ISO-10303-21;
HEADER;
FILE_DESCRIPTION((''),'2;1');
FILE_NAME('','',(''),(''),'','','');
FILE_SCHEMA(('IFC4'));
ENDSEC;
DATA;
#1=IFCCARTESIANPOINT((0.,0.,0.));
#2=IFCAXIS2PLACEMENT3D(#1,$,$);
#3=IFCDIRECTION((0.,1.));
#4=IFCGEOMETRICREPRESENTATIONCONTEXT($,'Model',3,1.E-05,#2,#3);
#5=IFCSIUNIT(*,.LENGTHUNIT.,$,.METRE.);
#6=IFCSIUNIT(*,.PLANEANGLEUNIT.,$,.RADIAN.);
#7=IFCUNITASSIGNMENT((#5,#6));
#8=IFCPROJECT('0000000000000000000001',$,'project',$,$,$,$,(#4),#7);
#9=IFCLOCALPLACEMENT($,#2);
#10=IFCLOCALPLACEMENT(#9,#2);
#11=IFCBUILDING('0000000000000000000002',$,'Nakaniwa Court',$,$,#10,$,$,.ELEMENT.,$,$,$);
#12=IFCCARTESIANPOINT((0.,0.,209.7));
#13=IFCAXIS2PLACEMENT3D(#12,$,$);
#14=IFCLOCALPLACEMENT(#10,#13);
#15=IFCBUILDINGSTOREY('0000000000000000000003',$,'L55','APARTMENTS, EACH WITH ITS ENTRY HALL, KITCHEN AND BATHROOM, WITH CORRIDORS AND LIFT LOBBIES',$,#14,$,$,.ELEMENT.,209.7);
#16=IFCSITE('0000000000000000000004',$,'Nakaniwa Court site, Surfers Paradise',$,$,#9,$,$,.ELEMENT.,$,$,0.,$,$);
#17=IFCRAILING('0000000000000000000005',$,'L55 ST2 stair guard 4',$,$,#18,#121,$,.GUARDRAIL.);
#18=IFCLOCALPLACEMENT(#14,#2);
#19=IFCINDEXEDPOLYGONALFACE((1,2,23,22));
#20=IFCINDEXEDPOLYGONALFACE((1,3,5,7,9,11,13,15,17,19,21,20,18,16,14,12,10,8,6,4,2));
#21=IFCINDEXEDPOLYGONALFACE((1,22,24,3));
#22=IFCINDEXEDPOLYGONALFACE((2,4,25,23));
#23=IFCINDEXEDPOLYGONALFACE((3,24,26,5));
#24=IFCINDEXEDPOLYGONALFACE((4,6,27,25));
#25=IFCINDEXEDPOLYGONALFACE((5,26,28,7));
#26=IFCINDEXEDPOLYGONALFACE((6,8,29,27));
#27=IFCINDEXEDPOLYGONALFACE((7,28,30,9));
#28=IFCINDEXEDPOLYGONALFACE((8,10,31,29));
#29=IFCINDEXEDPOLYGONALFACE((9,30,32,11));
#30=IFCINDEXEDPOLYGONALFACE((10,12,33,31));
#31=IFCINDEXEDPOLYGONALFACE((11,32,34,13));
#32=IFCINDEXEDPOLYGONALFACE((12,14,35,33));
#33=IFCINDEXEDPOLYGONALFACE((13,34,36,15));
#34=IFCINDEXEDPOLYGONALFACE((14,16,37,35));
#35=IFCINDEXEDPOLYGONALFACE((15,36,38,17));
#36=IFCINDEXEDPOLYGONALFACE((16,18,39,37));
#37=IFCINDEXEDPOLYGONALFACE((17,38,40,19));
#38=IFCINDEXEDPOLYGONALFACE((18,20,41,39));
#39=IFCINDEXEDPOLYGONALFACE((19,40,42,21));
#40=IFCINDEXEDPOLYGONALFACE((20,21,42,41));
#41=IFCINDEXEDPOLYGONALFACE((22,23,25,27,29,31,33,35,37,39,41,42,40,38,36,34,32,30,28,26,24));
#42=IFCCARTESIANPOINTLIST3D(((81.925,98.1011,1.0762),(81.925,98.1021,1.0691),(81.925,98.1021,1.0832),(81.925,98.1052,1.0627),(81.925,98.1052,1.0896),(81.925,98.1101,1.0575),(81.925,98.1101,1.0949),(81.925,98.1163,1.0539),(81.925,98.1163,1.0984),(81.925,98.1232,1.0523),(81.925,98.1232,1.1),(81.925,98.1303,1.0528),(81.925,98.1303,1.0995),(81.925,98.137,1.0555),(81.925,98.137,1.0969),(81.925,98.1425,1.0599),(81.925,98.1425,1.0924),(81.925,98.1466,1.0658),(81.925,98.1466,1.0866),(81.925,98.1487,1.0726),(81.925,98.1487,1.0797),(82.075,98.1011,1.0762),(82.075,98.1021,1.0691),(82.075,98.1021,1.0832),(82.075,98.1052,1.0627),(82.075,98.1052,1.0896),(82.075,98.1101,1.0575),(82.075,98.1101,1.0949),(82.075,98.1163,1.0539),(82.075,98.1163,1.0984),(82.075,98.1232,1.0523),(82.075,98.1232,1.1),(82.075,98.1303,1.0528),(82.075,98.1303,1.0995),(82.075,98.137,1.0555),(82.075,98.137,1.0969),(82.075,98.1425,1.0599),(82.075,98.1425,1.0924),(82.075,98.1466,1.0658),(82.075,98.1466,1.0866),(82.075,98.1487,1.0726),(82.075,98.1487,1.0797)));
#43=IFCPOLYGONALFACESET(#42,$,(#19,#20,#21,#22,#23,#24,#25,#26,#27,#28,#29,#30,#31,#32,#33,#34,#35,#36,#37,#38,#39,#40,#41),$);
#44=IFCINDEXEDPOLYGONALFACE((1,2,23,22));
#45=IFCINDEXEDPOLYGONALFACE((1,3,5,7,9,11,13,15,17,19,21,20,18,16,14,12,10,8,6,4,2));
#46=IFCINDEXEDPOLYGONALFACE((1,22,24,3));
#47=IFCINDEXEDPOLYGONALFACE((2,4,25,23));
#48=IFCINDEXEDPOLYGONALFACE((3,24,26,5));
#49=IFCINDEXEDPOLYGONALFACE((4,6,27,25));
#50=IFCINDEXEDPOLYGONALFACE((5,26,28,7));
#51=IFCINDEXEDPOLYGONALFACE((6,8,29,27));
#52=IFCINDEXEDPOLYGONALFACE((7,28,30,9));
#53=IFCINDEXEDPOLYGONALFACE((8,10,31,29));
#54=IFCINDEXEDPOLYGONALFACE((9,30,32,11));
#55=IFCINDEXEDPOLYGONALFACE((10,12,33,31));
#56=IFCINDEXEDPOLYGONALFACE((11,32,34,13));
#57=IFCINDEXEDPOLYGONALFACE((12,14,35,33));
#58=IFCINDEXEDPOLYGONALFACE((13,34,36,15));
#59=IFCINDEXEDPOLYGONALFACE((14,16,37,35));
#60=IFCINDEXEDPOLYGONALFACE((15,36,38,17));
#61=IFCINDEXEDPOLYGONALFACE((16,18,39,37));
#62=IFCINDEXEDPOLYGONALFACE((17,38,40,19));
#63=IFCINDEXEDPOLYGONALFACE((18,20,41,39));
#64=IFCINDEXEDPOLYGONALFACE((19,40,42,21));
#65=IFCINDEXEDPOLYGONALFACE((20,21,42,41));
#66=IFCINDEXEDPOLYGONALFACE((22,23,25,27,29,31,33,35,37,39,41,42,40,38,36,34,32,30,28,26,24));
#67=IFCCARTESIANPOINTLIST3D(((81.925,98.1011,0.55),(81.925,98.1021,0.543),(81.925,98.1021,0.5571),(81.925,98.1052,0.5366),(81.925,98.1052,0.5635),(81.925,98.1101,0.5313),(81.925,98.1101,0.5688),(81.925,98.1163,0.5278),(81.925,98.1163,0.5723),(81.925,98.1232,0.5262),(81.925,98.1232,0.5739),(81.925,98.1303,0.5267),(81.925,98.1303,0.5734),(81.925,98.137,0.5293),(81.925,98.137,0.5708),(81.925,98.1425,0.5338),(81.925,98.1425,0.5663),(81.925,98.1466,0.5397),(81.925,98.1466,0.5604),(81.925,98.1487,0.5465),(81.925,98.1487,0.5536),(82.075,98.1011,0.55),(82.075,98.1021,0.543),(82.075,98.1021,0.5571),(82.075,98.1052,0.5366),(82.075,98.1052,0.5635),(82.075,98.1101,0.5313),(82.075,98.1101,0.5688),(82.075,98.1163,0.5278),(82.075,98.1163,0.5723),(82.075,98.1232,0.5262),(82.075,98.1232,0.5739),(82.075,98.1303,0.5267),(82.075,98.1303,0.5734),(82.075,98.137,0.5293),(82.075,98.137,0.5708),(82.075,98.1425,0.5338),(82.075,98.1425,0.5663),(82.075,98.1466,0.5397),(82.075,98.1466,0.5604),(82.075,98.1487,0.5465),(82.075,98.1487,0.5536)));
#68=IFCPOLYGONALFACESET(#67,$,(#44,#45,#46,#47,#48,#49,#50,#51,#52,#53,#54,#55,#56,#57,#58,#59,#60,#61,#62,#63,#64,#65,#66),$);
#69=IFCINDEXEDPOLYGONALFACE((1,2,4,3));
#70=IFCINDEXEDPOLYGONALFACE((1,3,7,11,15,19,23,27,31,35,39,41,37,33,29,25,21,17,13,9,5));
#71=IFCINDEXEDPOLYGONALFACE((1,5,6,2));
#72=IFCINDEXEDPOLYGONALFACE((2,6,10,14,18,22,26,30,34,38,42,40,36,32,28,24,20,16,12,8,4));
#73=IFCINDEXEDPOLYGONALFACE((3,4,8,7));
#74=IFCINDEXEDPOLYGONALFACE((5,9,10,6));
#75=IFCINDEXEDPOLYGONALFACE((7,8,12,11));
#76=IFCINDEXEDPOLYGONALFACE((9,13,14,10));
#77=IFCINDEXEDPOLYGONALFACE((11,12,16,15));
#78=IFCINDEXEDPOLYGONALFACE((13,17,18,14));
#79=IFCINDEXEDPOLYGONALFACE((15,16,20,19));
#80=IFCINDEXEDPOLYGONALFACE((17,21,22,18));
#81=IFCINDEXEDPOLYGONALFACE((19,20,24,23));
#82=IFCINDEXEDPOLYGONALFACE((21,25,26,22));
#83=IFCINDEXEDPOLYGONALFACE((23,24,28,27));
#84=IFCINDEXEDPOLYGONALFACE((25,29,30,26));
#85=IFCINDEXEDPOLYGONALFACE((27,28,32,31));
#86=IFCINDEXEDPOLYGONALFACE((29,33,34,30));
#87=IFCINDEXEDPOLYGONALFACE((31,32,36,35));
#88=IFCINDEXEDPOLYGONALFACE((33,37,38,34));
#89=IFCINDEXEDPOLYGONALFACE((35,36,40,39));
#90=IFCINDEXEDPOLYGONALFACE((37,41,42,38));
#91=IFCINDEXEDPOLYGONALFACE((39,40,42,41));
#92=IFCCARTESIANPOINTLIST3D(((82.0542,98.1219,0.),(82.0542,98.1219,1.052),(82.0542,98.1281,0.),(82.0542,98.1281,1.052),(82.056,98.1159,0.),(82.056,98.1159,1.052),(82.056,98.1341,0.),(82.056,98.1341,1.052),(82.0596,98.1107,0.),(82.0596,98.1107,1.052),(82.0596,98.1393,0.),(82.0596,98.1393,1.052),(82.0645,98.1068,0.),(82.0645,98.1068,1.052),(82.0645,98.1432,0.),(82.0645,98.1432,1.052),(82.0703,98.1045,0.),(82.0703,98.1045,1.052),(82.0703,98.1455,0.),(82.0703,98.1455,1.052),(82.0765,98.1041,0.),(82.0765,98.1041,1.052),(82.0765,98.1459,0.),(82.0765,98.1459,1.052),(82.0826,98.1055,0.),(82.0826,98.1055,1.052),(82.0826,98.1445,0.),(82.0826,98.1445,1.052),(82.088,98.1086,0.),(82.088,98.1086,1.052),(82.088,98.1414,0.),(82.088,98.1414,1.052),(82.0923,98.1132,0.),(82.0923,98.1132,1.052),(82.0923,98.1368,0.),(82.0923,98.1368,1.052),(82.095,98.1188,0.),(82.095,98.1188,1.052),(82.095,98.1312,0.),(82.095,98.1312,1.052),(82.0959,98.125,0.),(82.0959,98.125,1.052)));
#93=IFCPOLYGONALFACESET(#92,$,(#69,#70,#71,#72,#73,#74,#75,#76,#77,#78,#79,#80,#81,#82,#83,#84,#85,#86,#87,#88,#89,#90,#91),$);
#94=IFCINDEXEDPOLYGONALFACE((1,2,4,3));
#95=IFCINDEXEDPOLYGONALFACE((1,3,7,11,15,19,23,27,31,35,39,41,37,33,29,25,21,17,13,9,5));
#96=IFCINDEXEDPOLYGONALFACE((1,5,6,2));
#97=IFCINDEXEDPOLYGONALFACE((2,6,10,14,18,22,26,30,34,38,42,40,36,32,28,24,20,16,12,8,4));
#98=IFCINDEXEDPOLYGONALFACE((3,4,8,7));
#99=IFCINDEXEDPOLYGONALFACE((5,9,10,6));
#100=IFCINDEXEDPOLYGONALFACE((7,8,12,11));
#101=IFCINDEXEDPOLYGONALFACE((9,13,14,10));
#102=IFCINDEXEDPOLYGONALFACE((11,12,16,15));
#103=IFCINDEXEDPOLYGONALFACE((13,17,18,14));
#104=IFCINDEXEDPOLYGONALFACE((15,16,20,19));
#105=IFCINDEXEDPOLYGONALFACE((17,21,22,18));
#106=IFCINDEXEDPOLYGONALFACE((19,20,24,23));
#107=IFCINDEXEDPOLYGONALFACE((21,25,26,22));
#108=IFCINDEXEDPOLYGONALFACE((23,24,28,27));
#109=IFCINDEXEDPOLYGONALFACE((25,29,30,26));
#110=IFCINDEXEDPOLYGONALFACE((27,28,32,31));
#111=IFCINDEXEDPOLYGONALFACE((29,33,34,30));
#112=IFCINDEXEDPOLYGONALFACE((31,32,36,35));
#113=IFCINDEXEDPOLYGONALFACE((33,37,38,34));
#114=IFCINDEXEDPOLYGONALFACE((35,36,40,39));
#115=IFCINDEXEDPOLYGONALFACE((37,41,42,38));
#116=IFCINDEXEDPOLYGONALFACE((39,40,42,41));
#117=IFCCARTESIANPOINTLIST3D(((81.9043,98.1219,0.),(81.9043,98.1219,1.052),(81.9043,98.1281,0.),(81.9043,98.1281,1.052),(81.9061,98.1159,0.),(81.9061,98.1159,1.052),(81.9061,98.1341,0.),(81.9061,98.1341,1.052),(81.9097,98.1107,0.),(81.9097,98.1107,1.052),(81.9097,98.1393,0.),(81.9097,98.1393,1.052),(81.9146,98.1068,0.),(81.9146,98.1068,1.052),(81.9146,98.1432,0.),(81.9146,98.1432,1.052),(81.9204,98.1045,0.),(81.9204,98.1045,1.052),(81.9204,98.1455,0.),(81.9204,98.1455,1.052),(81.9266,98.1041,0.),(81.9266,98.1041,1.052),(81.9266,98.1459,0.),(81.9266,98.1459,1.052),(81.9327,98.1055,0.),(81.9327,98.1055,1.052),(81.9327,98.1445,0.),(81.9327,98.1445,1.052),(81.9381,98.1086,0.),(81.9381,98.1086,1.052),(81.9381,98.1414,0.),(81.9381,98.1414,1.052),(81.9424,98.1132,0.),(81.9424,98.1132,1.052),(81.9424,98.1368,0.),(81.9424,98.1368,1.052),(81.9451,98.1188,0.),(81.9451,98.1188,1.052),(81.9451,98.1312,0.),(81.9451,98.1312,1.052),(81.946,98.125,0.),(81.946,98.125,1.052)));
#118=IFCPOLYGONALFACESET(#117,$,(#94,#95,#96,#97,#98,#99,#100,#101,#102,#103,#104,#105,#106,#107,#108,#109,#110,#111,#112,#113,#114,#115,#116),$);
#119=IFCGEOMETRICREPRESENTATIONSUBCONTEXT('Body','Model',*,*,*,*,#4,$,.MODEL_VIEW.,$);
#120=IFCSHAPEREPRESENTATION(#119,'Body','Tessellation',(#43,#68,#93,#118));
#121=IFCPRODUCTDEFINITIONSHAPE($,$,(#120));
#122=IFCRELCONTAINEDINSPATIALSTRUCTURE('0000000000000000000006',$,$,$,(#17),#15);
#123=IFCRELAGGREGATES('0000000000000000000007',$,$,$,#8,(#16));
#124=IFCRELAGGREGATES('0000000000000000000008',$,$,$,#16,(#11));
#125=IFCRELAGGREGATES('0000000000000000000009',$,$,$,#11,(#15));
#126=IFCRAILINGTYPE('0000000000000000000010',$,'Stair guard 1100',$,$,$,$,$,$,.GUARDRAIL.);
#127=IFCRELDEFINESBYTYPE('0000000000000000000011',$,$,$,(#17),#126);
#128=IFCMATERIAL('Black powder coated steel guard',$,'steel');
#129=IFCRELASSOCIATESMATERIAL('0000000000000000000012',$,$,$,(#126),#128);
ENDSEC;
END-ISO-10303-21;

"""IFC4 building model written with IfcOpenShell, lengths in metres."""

from ifc_helpers import new_model, si_unit, direction, frame, origin, origin_2d, place, context, subcontext, project, spatial, circle, extrude, material, type_object, element, save


model = new_model("IFC4")

# Units and contexts
model_context = context("Model", 3, precision=1e-05, world=origin(), true_north=direction((0.0, 1.0)))
body_context = subcontext(model_context, "Body", "Model", "MODEL_VIEW")
ifc_project = project(units=[si_unit("LENGTHUNIT", "METRE"), si_unit("PLANEANGLEUNIT", "RADIAN")], contexts=[model_context])

# Site, building, storey
site_placement = place(None, origin())
site = spatial("IfcSite", under=ifc_project, at=site_placement, Name="Nakaniwa Court site, Surfers Paradise", CompositionType="ELEMENT", RefElevation=0.0)
building_placement = place(site_placement, origin())
building = spatial("IfcBuilding", under=site, at=building_placement, Name="Nakaniwa Court", CompositionType="ELEMENT")
storey_placement = place(building_placement, frame((0.0, 0.0, 209.7)))
storey = spatial("IfcBuildingStorey", under=building, at=storey_placement, Name="L55", Description="APARTMENTS, EACH WITH ITS ENTRY HALL, KITCHEN AND BATHROOM, WITH CORRIDORS AND LIFT LOBBIES", CompositionType="ELEMENT", Elevation=209.7)

# Railing
ifc_material_1 = material(Name="Black powder coated steel guard", Category="steel")
railing_type_1 = type_object("IfcRailingType", Name="Stair guard 1100", PredefinedType="GUARDRAIL", material=ifc_material_1)
railing_1_placement = place(storey_placement, frame((82.075, 98.125, 0.0)))
element("IfcRailing", 1, at=railing_1_placement, inside=storey, type_object=railing_type_1, Name="L55 ST2 stair guard 4", PredefinedType="GUARDRAIL", context=body_context, shape_type="SweptSolid", body=[
    extrude(circle(Radius=0.0239, at=origin_2d()), frame((0.0, 0.0, 1.0762), z_axis=(-1.0, 0.0, 0.0), x_axis=(0.0, -1.0, 0.0)), (0.0, 0.0, 1.0), 0.1499),
    extrude(circle(Radius=0.0239, at=origin_2d()), frame((0.0, 0.0, 0.55), z_axis=(-1.0, 0.0, 0.0), x_axis=(0.0, -1.0, 0.0)), (0.0, 0.0, 1.0), 0.1499),
    extrude(circle(Radius=0.021, at=origin_2d()), origin(), (0.0, 0.0, 1.0), 1.052),
    extrude(circle(Radius=0.021, at=origin_2d()), frame((-0.1499, 0.0, 0.0)), (0.0, 0.0, 1.0), 1.052),
])

save(model, "model.ifc")
